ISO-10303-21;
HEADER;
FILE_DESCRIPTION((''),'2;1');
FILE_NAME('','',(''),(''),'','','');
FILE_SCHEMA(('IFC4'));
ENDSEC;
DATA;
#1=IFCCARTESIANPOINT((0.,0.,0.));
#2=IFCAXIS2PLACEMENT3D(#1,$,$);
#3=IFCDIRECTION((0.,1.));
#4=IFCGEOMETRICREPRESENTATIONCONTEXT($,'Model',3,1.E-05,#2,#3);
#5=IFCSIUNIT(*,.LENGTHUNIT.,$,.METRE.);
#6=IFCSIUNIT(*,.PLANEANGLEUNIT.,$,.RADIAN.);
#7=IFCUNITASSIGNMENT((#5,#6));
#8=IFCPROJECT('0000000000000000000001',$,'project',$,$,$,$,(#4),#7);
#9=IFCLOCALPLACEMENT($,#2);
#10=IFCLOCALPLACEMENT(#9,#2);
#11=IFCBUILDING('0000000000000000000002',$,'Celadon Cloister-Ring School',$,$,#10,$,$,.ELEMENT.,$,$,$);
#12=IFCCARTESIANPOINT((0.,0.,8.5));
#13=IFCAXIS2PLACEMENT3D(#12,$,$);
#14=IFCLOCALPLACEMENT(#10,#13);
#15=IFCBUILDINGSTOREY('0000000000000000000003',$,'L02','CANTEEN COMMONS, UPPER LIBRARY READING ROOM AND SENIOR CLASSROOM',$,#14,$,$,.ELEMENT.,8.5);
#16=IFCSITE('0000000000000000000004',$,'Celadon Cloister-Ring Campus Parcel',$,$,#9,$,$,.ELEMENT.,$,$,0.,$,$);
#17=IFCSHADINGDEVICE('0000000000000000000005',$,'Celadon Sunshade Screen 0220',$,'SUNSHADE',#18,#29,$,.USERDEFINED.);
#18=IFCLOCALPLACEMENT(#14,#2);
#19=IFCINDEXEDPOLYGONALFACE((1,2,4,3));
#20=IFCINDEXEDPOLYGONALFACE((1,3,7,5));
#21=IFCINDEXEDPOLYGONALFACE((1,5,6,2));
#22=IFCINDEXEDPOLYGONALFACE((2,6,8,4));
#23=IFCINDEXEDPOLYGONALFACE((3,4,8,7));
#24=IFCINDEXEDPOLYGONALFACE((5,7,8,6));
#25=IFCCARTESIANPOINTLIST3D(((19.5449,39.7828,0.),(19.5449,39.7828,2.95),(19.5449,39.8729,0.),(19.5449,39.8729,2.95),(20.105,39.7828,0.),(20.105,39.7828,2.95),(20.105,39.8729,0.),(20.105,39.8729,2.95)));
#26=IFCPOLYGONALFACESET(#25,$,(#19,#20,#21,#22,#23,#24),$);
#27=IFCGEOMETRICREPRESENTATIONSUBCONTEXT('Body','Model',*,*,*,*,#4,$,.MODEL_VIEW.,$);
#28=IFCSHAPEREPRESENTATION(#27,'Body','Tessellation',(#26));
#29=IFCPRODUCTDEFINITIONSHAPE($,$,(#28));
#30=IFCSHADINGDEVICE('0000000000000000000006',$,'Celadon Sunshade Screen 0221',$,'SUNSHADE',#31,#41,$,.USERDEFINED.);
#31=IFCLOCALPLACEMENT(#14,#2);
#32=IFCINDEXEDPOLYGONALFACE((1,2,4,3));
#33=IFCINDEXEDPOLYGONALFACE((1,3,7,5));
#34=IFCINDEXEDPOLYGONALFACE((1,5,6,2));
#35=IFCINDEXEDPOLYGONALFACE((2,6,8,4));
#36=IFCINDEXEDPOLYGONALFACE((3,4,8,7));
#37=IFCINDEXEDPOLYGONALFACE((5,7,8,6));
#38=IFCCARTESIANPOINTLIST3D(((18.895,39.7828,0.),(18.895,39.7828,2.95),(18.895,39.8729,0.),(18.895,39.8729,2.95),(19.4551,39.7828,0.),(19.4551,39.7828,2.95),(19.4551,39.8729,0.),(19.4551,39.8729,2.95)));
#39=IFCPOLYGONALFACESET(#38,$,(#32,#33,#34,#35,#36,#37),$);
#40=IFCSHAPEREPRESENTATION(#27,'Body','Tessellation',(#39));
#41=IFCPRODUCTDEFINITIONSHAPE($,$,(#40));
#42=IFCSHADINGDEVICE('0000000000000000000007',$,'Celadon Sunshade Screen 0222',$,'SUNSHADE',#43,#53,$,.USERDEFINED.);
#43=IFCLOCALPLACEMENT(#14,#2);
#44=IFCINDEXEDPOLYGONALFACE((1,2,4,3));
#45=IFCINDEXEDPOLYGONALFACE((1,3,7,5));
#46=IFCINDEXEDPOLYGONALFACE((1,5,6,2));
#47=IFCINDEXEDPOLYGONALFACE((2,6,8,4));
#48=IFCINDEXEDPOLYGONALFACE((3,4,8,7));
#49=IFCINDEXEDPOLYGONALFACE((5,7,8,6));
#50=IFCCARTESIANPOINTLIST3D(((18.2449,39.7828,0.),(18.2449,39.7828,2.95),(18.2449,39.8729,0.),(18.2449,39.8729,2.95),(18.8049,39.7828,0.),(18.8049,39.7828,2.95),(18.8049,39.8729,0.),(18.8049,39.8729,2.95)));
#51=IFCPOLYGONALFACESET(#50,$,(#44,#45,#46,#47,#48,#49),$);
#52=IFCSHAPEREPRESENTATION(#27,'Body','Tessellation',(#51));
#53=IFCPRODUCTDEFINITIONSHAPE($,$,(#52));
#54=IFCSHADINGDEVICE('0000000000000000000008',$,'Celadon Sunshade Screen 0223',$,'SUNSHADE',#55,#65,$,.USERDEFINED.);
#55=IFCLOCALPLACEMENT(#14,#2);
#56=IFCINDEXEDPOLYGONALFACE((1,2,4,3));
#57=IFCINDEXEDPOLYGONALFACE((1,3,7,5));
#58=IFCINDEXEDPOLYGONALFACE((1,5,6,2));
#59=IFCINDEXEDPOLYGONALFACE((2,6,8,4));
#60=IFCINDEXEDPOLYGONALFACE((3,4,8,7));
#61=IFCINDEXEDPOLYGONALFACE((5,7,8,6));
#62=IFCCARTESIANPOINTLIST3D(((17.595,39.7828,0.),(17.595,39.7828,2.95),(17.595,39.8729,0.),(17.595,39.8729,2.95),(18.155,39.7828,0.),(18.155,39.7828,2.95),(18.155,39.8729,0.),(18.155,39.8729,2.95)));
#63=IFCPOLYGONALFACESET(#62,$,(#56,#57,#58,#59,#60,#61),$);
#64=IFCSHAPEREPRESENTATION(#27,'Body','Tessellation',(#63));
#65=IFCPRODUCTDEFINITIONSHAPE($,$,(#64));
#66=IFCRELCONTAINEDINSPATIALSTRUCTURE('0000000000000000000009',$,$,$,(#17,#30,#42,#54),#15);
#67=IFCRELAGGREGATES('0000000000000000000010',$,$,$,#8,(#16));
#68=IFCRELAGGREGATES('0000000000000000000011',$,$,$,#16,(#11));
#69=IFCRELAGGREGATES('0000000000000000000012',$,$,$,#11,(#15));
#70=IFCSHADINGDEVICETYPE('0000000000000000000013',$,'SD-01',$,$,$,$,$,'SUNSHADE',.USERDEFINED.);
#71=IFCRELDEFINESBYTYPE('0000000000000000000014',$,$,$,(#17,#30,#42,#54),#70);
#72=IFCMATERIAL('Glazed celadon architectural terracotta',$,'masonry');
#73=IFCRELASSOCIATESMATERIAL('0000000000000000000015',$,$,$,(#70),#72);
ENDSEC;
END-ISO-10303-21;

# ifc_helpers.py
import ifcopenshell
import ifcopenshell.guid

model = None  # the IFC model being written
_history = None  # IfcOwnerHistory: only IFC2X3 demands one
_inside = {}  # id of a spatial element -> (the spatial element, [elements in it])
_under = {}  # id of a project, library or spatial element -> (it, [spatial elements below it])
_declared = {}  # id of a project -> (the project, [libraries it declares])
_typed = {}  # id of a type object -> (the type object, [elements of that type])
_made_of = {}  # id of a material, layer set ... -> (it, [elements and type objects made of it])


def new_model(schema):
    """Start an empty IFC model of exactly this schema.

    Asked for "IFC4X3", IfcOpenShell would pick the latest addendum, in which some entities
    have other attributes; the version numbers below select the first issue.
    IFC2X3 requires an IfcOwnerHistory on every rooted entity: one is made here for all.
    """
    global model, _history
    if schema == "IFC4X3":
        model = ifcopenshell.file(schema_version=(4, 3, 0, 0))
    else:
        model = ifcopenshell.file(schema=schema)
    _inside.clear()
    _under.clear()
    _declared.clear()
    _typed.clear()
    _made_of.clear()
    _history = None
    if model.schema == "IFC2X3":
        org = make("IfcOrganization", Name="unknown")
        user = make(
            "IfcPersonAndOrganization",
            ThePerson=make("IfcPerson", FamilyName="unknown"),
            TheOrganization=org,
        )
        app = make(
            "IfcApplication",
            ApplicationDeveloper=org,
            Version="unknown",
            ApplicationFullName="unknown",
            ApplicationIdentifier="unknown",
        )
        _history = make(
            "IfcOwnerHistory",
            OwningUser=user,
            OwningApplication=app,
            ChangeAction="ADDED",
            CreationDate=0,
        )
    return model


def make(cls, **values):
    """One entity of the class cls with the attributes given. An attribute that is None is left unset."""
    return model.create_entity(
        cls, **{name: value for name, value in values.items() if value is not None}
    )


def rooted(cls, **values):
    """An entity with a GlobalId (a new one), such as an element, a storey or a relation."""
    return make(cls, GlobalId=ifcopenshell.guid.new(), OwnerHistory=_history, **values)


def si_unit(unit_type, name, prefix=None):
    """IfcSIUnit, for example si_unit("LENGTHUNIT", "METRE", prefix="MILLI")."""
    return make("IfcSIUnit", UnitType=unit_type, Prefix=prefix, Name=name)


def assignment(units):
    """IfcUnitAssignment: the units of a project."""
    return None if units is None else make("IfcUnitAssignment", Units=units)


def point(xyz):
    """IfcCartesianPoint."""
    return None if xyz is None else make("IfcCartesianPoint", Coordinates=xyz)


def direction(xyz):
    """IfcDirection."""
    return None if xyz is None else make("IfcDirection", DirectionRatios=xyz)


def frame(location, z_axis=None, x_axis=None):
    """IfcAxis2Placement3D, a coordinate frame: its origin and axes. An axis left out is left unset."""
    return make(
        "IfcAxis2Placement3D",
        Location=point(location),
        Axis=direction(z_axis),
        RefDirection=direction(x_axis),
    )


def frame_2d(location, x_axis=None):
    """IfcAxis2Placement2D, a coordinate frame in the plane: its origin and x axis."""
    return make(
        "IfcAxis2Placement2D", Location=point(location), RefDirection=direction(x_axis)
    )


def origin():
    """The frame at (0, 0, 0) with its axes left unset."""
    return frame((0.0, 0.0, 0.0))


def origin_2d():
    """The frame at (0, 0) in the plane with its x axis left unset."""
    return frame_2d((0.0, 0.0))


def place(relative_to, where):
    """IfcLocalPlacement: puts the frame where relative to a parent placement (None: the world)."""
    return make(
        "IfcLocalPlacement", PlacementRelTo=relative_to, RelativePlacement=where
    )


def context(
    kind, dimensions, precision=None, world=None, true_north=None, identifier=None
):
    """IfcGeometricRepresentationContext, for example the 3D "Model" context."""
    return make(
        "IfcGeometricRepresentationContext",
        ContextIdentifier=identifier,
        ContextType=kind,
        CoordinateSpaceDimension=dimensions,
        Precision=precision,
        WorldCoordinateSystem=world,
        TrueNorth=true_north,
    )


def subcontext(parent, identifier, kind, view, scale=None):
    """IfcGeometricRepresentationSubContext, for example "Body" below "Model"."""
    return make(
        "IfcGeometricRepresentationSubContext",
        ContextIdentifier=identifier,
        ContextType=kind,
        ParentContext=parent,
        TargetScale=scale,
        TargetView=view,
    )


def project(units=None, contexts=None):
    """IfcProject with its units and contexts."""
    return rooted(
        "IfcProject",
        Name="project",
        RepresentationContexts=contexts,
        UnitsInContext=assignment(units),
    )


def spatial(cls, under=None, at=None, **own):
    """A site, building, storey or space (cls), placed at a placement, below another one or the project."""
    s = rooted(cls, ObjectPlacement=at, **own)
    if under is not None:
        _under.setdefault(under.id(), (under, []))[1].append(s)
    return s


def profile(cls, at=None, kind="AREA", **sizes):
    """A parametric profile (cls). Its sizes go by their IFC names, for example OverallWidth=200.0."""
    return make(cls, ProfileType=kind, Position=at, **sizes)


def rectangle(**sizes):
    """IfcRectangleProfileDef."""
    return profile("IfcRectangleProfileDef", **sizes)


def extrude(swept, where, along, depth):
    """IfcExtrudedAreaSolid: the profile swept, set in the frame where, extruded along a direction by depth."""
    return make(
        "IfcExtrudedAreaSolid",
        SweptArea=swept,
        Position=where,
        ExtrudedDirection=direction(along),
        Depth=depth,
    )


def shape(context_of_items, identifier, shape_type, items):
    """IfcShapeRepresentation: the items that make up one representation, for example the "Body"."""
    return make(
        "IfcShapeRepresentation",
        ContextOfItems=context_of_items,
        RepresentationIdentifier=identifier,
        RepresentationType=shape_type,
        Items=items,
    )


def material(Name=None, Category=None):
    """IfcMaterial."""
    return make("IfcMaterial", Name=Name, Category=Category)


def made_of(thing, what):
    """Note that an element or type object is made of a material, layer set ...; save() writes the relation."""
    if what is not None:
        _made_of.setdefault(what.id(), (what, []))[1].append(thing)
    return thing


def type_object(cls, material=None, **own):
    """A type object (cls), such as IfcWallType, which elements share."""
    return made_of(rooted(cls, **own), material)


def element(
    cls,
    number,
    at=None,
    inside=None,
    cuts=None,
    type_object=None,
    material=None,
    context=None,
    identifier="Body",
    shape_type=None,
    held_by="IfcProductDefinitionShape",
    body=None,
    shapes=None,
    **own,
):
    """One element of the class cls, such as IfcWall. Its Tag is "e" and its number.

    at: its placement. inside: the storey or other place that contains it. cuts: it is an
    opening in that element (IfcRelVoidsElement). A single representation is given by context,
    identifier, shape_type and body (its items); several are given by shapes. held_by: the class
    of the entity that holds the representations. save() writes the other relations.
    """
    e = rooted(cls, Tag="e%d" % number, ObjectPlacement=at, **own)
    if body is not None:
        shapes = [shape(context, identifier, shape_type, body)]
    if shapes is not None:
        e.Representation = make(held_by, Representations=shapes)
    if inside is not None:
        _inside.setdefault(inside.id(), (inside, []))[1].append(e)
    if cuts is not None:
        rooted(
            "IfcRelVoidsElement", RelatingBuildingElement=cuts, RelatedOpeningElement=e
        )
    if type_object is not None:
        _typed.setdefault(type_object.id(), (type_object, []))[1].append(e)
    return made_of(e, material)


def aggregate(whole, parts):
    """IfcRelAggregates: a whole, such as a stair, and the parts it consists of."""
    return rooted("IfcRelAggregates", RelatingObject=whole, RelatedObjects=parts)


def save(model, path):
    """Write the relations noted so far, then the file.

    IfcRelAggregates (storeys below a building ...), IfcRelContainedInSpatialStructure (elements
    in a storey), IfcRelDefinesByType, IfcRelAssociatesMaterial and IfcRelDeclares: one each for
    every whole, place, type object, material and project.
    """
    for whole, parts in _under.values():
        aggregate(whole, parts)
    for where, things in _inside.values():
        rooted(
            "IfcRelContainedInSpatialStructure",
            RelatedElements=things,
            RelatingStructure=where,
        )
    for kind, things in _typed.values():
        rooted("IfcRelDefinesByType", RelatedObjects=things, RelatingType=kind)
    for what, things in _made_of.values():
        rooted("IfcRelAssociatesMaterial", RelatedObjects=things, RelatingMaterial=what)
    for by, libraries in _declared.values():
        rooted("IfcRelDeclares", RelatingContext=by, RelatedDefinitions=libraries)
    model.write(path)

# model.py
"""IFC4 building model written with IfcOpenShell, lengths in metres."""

from ifc_helpers import new_model, si_unit, direction, frame, origin, origin_2d, place, context, subcontext, project, spatial, rectangle, extrude, material, type_object, element, save


model = new_model("IFC4")

# Units and contexts
model_context = context("Model", 3, precision=1e-05, world=origin(), true_north=direction((0.0, 1.0)))
body_context = subcontext(model_context, "Body", "Model", "MODEL_VIEW")
ifc_project = project(units=[si_unit("LENGTHUNIT", "METRE"), si_unit("PLANEANGLEUNIT", "RADIAN")], contexts=[model_context])

# Site, building, storey
site_placement = place(None, origin())
site = spatial("IfcSite", under=ifc_project, at=site_placement, Name="Celadon Cloister-Ring Campus Parcel", CompositionType="ELEMENT", RefElevation=0.0)
building_placement = place(site_placement, origin())
building = spatial("IfcBuilding", under=site, at=building_placement, Name="Celadon Cloister-Ring School", CompositionType="ELEMENT")
storey_placement = place(building_placement, frame((0.0, 0.0, 8.5)))
storey = spatial("IfcBuildingStorey", under=building, at=storey_placement, Name="L02", Description="CANTEEN COMMONS, UPPER LIBRARY READING ROOM AND SENIOR CLASSROOM", CompositionType="ELEMENT", Elevation=8.5)

# Shading devices
ifc_material_1 = material(Name="Glazed celadon architectural terracotta", Category="masonry")
shading_device_type = type_object("IfcShadingDeviceType", Name="SD-01", ElementType="SUNSHADE", PredefinedType="USERDEFINED", material=ifc_material_1)
for number, where, z_axis, x_axis, name in (
    (1, (19.825, 39.8279, 0.0), (0.0, 0.0, 1.0), (-1.0, 0.0, 0.0), "Celadon Sunshade Screen 0220"),
    (2, (19.175, 39.8279, 0.0), (0.0, 0.0, 1.0), (-1.0, 0.0, 0.0), "Celadon Sunshade Screen 0221"),
    (3, (18.5249, 39.8279, 0.0), (0.0, 0.0, 1.0), (-1.0, 0.0, 0.0), "Celadon Sunshade Screen 0222"),
    (4, (17.875, 39.8279, 0.0), (0.0, 0.0, 1.0), (-1.0, 0.0, 0.0), "Celadon Sunshade Screen 0223"),
):
    element("IfcShadingDevice", number, at=place(storey_placement, frame(where, z_axis=z_axis, x_axis=x_axis)), inside=storey, type_object=shading_device_type, Name=name, ObjectType="SUNSHADE", PredefinedType="USERDEFINED", context=body_context, shape_type="SweptSolid", body=[
        extrude(rectangle(XDim=0.5601, YDim=0.0901, at=origin_2d()), origin(), (0.0, 0.0, 1.0), 2.95),
    ])

save(model, "model.ifc")
